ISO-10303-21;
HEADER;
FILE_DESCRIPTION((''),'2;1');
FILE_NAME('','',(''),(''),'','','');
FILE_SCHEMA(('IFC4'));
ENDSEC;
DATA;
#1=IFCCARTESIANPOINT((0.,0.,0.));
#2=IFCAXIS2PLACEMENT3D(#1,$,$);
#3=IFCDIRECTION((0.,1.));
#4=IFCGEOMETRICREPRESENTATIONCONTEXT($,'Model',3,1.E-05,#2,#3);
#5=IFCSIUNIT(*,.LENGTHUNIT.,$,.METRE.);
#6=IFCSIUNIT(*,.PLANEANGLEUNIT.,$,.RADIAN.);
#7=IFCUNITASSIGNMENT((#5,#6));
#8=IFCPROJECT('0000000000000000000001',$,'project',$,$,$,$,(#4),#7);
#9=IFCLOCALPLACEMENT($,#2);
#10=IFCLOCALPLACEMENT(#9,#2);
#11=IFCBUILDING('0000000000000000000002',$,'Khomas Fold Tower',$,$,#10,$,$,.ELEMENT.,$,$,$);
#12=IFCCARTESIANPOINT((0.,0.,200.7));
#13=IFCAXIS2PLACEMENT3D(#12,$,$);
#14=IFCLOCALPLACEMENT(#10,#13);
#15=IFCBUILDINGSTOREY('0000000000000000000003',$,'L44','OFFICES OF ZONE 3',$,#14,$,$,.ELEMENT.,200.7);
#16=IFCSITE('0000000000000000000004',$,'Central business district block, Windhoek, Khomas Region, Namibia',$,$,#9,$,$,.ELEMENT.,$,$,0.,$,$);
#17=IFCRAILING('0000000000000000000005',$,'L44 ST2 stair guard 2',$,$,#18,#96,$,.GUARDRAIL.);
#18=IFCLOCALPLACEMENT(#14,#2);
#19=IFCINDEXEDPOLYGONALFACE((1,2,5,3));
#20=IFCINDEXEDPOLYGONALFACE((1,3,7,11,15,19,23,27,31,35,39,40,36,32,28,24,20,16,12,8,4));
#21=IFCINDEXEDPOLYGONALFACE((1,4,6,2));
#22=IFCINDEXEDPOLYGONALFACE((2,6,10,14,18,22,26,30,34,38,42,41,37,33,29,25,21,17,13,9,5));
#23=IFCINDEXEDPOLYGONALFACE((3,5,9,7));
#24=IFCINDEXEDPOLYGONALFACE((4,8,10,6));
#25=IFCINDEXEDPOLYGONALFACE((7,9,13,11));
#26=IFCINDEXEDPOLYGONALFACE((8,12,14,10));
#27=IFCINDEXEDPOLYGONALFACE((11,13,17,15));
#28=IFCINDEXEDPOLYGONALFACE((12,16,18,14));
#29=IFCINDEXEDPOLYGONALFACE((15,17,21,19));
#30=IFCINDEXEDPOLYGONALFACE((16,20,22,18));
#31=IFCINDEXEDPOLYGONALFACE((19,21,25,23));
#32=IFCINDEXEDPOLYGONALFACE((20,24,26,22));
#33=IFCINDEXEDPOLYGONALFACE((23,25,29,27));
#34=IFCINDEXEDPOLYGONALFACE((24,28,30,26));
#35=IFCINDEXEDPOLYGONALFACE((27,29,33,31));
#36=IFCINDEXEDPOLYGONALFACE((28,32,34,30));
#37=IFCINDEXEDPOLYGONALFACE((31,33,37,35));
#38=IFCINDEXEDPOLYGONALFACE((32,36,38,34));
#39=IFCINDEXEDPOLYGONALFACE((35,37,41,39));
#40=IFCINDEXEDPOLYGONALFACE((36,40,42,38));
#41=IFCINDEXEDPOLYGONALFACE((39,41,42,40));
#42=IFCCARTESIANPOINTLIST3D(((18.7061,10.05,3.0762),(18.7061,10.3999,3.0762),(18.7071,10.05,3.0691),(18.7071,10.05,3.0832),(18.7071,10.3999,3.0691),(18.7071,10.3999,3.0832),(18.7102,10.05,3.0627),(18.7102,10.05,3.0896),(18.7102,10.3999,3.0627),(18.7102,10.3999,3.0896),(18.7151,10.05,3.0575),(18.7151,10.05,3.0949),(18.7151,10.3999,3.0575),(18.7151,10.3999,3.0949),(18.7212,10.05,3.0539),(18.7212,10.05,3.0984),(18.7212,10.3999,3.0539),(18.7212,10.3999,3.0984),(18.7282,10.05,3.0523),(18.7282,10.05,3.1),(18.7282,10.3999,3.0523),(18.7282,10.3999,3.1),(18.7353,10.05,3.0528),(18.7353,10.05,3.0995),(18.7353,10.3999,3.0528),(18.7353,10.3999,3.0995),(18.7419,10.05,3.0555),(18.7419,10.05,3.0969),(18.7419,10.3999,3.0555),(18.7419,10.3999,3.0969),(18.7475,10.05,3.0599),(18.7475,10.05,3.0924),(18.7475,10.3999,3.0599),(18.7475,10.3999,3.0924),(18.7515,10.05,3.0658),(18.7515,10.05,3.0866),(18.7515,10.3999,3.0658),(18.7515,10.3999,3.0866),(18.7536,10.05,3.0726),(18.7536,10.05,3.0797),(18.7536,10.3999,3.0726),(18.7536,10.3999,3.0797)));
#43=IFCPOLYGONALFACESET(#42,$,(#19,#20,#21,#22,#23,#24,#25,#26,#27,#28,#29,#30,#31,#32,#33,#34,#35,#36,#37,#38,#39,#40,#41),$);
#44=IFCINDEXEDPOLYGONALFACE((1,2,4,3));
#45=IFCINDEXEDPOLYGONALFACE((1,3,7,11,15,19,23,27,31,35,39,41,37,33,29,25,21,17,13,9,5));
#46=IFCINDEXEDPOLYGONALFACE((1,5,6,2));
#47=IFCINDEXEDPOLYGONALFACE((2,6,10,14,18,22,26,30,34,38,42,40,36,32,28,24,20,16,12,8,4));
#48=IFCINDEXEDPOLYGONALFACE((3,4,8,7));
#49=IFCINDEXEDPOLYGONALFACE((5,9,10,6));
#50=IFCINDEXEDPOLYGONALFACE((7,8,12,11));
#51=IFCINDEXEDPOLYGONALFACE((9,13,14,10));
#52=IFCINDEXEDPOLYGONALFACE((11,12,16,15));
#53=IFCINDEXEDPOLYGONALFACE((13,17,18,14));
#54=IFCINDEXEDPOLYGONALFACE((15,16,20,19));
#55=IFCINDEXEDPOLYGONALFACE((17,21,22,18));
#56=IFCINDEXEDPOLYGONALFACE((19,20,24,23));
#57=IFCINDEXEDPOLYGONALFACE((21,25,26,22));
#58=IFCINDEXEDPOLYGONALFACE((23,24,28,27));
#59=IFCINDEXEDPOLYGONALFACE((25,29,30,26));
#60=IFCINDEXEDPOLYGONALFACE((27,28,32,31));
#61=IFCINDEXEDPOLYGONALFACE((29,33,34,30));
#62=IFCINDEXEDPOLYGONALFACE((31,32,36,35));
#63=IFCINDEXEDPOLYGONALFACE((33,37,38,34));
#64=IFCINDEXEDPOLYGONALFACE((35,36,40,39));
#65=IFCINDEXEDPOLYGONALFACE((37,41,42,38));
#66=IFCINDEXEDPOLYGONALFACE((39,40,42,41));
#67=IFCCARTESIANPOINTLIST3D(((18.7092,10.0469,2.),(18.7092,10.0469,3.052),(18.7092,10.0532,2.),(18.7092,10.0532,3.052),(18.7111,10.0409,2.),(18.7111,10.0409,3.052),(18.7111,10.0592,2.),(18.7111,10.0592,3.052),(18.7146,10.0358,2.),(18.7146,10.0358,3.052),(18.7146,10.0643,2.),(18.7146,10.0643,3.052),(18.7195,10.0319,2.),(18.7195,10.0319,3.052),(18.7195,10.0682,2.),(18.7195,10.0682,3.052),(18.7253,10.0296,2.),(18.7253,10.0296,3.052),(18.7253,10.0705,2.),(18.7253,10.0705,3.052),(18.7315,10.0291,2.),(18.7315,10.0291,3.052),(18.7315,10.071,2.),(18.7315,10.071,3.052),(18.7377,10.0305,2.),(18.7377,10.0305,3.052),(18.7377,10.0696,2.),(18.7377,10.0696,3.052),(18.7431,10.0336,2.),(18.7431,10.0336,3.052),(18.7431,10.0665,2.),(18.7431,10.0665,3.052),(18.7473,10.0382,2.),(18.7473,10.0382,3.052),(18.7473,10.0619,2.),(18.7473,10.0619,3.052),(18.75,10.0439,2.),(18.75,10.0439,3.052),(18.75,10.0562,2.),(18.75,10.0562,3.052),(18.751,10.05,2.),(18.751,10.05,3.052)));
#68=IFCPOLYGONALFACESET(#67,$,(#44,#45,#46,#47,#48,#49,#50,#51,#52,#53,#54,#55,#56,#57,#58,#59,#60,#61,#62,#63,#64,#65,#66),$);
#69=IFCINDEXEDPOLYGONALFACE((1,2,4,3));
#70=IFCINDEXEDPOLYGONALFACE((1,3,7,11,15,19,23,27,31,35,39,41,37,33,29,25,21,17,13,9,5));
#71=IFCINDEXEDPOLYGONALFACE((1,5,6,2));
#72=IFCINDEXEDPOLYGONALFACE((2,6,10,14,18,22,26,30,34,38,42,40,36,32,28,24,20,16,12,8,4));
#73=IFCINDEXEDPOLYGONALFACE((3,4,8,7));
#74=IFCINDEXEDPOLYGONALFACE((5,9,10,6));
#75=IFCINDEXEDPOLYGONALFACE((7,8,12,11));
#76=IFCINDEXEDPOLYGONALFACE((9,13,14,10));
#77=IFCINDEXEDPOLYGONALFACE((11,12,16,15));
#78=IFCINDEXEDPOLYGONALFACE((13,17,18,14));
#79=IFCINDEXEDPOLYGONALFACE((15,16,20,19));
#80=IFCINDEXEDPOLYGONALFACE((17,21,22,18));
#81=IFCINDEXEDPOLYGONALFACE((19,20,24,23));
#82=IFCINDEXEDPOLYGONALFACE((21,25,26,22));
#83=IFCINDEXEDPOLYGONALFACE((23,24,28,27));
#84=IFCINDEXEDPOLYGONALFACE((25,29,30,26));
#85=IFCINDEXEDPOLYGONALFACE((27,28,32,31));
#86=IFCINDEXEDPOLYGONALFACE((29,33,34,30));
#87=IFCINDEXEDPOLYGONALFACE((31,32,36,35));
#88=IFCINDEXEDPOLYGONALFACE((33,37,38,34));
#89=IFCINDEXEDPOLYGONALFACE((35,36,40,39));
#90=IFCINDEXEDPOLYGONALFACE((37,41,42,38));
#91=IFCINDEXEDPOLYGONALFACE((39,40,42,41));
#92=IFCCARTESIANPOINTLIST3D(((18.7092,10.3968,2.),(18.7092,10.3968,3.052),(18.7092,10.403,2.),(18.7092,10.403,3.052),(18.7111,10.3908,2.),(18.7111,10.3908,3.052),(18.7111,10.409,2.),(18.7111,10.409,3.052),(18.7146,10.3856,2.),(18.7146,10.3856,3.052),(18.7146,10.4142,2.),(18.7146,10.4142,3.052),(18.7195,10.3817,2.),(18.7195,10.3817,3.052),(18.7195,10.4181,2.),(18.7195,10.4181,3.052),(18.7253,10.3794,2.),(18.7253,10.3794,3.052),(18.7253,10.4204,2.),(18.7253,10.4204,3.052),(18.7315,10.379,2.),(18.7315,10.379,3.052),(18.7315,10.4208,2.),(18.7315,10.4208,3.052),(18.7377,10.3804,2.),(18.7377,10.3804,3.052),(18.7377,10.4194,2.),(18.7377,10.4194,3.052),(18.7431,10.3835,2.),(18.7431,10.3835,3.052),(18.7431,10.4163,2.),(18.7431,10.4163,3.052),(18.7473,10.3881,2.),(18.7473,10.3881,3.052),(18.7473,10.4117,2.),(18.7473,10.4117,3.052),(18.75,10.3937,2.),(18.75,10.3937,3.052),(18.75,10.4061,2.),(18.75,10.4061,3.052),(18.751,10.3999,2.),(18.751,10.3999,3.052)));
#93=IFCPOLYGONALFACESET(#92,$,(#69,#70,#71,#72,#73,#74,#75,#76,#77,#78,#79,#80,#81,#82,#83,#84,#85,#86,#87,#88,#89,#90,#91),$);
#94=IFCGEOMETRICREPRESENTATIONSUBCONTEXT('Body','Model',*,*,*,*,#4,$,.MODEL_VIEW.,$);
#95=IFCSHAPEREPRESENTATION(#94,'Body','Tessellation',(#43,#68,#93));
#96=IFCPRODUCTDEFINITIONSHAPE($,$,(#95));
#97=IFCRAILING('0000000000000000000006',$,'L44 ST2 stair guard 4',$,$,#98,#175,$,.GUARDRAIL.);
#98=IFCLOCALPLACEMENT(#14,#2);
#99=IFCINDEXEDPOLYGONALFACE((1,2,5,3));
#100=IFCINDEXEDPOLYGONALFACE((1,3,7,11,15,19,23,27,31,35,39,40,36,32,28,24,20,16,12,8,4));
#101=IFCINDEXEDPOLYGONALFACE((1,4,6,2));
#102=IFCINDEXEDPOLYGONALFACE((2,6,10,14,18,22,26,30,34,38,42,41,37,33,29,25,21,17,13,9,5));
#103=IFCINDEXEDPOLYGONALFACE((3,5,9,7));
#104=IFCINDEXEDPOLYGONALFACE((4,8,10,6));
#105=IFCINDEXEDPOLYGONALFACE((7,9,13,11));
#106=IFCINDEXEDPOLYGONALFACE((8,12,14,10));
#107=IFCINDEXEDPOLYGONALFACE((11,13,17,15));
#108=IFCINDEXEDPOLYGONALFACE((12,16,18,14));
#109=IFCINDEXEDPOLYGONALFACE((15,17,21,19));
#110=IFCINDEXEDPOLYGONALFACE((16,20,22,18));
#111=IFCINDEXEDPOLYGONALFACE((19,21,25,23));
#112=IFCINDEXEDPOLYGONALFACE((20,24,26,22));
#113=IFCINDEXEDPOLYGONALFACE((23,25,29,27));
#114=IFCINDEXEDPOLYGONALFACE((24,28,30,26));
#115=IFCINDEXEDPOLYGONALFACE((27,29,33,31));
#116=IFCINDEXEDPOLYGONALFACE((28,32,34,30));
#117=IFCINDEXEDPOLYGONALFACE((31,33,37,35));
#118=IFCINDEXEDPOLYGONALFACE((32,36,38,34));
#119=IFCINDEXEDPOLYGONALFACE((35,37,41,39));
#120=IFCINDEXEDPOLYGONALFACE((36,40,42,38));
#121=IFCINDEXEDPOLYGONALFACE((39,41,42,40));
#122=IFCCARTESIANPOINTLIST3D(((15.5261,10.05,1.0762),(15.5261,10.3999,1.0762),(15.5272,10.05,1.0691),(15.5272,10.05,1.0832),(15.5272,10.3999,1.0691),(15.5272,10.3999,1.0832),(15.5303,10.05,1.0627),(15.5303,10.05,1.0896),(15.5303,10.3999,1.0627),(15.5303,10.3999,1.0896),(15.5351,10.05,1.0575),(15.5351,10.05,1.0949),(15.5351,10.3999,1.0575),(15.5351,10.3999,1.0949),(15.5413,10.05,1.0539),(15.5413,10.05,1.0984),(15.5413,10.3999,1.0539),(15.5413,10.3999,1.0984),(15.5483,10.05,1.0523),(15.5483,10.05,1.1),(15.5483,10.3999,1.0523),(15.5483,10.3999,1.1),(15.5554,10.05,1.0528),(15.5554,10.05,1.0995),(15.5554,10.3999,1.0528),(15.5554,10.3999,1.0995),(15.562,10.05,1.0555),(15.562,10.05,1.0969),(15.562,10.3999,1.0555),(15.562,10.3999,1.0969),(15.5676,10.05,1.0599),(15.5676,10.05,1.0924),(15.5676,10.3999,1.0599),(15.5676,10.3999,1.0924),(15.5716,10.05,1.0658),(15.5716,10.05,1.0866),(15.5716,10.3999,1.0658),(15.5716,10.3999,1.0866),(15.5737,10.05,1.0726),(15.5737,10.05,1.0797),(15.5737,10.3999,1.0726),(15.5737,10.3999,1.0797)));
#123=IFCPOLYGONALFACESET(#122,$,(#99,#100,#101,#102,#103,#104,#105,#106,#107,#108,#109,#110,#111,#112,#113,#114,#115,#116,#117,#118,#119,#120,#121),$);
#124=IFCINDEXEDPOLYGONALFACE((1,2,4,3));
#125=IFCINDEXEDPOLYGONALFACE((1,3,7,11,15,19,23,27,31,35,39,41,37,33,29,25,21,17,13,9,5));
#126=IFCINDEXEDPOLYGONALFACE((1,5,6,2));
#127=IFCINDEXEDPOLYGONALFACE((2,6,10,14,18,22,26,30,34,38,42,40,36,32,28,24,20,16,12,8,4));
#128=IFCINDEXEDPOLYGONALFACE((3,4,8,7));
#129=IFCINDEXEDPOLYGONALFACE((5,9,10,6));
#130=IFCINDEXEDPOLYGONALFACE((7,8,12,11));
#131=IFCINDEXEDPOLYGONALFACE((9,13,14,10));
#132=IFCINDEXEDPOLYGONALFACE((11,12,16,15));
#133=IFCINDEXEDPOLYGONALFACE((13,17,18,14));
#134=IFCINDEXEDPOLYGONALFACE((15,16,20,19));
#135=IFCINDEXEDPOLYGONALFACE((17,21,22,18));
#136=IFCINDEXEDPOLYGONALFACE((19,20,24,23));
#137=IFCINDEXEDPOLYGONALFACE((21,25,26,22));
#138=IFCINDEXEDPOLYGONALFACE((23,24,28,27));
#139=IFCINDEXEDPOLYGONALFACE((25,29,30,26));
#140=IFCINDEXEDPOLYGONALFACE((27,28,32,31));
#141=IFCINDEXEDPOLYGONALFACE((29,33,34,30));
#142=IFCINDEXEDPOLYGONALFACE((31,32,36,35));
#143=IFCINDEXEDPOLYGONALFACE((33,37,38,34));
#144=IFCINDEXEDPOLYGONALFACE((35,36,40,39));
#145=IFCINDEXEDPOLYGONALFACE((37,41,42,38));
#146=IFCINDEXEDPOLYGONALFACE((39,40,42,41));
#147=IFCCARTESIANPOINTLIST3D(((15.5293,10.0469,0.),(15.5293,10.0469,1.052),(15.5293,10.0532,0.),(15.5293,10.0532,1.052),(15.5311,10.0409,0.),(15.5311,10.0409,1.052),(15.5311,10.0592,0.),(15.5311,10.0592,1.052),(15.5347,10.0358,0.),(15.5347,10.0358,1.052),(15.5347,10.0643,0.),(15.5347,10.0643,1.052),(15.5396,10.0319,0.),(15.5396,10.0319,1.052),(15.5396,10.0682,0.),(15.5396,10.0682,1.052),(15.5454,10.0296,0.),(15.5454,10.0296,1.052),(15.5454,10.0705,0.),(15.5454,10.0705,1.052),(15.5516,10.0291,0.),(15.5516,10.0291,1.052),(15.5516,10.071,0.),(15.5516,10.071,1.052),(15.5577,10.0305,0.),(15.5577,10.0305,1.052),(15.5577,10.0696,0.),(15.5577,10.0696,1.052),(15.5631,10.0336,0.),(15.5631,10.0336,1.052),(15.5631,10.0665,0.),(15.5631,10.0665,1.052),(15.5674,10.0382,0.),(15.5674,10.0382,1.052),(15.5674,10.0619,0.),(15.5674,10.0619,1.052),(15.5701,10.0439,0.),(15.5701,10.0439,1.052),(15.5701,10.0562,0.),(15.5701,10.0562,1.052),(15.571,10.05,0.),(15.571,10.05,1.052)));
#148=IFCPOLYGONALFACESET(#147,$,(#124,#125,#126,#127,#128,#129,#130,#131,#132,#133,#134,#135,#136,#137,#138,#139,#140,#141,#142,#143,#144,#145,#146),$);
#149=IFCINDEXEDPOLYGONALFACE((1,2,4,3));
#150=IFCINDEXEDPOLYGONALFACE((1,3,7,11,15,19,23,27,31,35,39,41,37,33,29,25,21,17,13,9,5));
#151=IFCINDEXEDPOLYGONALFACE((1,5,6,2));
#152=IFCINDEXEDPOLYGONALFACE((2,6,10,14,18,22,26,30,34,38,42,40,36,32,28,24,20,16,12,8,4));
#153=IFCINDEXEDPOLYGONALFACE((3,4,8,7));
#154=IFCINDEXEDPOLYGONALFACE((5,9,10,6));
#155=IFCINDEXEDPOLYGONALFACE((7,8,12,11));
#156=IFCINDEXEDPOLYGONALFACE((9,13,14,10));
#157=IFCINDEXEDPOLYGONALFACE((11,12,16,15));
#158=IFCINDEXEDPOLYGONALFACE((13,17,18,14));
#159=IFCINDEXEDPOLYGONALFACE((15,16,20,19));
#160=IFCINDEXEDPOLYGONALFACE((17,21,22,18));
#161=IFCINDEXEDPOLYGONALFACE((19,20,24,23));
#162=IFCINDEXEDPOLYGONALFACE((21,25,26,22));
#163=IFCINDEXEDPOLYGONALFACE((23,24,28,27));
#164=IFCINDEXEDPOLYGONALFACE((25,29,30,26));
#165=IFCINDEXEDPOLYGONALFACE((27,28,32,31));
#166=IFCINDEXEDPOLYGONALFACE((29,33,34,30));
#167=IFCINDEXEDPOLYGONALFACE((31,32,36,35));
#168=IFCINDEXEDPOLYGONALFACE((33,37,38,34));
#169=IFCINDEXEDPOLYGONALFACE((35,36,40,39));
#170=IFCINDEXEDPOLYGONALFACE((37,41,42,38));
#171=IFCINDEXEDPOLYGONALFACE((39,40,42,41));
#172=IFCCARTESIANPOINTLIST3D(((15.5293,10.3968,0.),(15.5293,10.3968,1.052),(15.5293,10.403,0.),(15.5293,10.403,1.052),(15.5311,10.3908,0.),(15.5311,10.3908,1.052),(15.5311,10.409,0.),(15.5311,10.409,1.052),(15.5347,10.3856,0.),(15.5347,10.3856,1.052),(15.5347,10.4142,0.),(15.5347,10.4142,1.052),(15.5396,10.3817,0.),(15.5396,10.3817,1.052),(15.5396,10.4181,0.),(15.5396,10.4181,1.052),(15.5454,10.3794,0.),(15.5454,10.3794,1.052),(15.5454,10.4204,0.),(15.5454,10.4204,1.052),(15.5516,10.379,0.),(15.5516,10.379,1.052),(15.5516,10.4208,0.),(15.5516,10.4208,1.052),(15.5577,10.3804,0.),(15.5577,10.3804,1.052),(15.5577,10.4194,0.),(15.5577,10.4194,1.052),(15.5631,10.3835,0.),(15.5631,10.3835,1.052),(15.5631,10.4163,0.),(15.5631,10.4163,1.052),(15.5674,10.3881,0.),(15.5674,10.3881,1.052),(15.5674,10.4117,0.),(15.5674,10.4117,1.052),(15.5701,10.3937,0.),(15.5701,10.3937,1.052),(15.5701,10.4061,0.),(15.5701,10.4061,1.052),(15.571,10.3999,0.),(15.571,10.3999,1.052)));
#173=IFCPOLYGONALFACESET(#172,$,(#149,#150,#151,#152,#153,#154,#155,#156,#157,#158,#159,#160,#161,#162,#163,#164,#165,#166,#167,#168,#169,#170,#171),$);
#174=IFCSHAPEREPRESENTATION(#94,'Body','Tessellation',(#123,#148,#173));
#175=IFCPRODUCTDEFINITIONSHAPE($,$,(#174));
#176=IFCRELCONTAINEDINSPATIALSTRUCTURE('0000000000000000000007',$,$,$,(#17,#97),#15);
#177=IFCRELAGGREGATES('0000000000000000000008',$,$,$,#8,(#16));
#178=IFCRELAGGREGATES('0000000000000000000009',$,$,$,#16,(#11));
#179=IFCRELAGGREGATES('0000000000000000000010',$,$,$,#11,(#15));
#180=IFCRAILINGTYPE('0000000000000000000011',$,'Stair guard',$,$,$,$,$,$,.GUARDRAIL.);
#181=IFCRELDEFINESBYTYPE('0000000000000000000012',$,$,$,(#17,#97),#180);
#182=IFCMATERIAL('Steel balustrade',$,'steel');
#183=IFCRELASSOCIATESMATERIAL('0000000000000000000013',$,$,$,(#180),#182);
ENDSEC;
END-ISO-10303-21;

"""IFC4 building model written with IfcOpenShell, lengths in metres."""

from ifc_helpers import new_model, si_unit, direction, frame, origin, origin_2d, place, context, subcontext, project, spatial, circle, extrude, source, transform, mapped, material, type_object, element, save


model = new_model("IFC4")

# Units and contexts
model_context = context("Model", 3, precision=1e-05, world=origin(), true_north=direction((0.0, 1.0)))
body_context = subcontext(model_context, "Body", "Model", "MODEL_VIEW")
ifc_project = project(units=[si_unit("LENGTHUNIT", "METRE"), si_unit("PLANEANGLEUNIT", "RADIAN")], contexts=[model_context])

# Site, building, storey
site_placement = place(None, origin())
site = spatial("IfcSite", under=ifc_project, at=site_placement, Name="Central business district block, Windhoek, Khomas Region, Namibia", CompositionType="ELEMENT", RefElevation=0.0)
building_placement = place(site_placement, origin())
building = spatial("IfcBuilding", under=site, at=building_placement, Name="Khomas Fold Tower", CompositionType="ELEMENT")
storey_placement = place(building_placement, frame((0.0, 0.0, 200.7)))
storey = spatial("IfcBuildingStorey", under=building, at=storey_placement, Name="L44", Description="OFFICES OF ZONE 3", CompositionType="ELEMENT", Elevation=200.7)

# Railings
ifc_material_1 = material(Name="Steel balustrade", Category="steel")
railing_type_1 = type_object("IfcRailingType", Name="Stair guard", PredefinedType="GUARDRAIL", material=ifc_material_1)
shared_shape_1 = source(origin(), body_context, "Body", "SweptSolid", [
    extrude(circle(Radius=0.0239, at=origin_2d()), frame((0.0, 0.0, 1.0762), z_axis=(0.0, 1.0, 0.0), x_axis=(-1.0, 0.0, 0.0)), (0.0, 0.0, 1.0), 0.3499),
    extrude(circle(Radius=0.021, at=origin_2d()), origin(), (0.0, 0.0, 1.0), 1.052),
    extrude(circle(Radius=0.021, at=origin_2d()), frame((0.0, 0.3499, 0.0)), (0.0, 0.0, 1.0), 1.052),
])
for number, where, name in (
    (1, (18.73, 10.05, 2.0), "L44 ST2 stair guard 2"),
    (2, (15.55, 10.05, 0.0), "L44 ST2 stair guard 4"),
):
    element("IfcRailing", number, at=place(storey_placement, frame(where)), inside=storey, type_object=railing_type_1, Name=name, PredefinedType="GUARDRAIL", context=body_context, shape_type="MappedRepresentation", body=[
        mapped(shared_shape_1, transform((0.0, 0.0, 0.0))),
    ])

save(model, "model.ifc")
